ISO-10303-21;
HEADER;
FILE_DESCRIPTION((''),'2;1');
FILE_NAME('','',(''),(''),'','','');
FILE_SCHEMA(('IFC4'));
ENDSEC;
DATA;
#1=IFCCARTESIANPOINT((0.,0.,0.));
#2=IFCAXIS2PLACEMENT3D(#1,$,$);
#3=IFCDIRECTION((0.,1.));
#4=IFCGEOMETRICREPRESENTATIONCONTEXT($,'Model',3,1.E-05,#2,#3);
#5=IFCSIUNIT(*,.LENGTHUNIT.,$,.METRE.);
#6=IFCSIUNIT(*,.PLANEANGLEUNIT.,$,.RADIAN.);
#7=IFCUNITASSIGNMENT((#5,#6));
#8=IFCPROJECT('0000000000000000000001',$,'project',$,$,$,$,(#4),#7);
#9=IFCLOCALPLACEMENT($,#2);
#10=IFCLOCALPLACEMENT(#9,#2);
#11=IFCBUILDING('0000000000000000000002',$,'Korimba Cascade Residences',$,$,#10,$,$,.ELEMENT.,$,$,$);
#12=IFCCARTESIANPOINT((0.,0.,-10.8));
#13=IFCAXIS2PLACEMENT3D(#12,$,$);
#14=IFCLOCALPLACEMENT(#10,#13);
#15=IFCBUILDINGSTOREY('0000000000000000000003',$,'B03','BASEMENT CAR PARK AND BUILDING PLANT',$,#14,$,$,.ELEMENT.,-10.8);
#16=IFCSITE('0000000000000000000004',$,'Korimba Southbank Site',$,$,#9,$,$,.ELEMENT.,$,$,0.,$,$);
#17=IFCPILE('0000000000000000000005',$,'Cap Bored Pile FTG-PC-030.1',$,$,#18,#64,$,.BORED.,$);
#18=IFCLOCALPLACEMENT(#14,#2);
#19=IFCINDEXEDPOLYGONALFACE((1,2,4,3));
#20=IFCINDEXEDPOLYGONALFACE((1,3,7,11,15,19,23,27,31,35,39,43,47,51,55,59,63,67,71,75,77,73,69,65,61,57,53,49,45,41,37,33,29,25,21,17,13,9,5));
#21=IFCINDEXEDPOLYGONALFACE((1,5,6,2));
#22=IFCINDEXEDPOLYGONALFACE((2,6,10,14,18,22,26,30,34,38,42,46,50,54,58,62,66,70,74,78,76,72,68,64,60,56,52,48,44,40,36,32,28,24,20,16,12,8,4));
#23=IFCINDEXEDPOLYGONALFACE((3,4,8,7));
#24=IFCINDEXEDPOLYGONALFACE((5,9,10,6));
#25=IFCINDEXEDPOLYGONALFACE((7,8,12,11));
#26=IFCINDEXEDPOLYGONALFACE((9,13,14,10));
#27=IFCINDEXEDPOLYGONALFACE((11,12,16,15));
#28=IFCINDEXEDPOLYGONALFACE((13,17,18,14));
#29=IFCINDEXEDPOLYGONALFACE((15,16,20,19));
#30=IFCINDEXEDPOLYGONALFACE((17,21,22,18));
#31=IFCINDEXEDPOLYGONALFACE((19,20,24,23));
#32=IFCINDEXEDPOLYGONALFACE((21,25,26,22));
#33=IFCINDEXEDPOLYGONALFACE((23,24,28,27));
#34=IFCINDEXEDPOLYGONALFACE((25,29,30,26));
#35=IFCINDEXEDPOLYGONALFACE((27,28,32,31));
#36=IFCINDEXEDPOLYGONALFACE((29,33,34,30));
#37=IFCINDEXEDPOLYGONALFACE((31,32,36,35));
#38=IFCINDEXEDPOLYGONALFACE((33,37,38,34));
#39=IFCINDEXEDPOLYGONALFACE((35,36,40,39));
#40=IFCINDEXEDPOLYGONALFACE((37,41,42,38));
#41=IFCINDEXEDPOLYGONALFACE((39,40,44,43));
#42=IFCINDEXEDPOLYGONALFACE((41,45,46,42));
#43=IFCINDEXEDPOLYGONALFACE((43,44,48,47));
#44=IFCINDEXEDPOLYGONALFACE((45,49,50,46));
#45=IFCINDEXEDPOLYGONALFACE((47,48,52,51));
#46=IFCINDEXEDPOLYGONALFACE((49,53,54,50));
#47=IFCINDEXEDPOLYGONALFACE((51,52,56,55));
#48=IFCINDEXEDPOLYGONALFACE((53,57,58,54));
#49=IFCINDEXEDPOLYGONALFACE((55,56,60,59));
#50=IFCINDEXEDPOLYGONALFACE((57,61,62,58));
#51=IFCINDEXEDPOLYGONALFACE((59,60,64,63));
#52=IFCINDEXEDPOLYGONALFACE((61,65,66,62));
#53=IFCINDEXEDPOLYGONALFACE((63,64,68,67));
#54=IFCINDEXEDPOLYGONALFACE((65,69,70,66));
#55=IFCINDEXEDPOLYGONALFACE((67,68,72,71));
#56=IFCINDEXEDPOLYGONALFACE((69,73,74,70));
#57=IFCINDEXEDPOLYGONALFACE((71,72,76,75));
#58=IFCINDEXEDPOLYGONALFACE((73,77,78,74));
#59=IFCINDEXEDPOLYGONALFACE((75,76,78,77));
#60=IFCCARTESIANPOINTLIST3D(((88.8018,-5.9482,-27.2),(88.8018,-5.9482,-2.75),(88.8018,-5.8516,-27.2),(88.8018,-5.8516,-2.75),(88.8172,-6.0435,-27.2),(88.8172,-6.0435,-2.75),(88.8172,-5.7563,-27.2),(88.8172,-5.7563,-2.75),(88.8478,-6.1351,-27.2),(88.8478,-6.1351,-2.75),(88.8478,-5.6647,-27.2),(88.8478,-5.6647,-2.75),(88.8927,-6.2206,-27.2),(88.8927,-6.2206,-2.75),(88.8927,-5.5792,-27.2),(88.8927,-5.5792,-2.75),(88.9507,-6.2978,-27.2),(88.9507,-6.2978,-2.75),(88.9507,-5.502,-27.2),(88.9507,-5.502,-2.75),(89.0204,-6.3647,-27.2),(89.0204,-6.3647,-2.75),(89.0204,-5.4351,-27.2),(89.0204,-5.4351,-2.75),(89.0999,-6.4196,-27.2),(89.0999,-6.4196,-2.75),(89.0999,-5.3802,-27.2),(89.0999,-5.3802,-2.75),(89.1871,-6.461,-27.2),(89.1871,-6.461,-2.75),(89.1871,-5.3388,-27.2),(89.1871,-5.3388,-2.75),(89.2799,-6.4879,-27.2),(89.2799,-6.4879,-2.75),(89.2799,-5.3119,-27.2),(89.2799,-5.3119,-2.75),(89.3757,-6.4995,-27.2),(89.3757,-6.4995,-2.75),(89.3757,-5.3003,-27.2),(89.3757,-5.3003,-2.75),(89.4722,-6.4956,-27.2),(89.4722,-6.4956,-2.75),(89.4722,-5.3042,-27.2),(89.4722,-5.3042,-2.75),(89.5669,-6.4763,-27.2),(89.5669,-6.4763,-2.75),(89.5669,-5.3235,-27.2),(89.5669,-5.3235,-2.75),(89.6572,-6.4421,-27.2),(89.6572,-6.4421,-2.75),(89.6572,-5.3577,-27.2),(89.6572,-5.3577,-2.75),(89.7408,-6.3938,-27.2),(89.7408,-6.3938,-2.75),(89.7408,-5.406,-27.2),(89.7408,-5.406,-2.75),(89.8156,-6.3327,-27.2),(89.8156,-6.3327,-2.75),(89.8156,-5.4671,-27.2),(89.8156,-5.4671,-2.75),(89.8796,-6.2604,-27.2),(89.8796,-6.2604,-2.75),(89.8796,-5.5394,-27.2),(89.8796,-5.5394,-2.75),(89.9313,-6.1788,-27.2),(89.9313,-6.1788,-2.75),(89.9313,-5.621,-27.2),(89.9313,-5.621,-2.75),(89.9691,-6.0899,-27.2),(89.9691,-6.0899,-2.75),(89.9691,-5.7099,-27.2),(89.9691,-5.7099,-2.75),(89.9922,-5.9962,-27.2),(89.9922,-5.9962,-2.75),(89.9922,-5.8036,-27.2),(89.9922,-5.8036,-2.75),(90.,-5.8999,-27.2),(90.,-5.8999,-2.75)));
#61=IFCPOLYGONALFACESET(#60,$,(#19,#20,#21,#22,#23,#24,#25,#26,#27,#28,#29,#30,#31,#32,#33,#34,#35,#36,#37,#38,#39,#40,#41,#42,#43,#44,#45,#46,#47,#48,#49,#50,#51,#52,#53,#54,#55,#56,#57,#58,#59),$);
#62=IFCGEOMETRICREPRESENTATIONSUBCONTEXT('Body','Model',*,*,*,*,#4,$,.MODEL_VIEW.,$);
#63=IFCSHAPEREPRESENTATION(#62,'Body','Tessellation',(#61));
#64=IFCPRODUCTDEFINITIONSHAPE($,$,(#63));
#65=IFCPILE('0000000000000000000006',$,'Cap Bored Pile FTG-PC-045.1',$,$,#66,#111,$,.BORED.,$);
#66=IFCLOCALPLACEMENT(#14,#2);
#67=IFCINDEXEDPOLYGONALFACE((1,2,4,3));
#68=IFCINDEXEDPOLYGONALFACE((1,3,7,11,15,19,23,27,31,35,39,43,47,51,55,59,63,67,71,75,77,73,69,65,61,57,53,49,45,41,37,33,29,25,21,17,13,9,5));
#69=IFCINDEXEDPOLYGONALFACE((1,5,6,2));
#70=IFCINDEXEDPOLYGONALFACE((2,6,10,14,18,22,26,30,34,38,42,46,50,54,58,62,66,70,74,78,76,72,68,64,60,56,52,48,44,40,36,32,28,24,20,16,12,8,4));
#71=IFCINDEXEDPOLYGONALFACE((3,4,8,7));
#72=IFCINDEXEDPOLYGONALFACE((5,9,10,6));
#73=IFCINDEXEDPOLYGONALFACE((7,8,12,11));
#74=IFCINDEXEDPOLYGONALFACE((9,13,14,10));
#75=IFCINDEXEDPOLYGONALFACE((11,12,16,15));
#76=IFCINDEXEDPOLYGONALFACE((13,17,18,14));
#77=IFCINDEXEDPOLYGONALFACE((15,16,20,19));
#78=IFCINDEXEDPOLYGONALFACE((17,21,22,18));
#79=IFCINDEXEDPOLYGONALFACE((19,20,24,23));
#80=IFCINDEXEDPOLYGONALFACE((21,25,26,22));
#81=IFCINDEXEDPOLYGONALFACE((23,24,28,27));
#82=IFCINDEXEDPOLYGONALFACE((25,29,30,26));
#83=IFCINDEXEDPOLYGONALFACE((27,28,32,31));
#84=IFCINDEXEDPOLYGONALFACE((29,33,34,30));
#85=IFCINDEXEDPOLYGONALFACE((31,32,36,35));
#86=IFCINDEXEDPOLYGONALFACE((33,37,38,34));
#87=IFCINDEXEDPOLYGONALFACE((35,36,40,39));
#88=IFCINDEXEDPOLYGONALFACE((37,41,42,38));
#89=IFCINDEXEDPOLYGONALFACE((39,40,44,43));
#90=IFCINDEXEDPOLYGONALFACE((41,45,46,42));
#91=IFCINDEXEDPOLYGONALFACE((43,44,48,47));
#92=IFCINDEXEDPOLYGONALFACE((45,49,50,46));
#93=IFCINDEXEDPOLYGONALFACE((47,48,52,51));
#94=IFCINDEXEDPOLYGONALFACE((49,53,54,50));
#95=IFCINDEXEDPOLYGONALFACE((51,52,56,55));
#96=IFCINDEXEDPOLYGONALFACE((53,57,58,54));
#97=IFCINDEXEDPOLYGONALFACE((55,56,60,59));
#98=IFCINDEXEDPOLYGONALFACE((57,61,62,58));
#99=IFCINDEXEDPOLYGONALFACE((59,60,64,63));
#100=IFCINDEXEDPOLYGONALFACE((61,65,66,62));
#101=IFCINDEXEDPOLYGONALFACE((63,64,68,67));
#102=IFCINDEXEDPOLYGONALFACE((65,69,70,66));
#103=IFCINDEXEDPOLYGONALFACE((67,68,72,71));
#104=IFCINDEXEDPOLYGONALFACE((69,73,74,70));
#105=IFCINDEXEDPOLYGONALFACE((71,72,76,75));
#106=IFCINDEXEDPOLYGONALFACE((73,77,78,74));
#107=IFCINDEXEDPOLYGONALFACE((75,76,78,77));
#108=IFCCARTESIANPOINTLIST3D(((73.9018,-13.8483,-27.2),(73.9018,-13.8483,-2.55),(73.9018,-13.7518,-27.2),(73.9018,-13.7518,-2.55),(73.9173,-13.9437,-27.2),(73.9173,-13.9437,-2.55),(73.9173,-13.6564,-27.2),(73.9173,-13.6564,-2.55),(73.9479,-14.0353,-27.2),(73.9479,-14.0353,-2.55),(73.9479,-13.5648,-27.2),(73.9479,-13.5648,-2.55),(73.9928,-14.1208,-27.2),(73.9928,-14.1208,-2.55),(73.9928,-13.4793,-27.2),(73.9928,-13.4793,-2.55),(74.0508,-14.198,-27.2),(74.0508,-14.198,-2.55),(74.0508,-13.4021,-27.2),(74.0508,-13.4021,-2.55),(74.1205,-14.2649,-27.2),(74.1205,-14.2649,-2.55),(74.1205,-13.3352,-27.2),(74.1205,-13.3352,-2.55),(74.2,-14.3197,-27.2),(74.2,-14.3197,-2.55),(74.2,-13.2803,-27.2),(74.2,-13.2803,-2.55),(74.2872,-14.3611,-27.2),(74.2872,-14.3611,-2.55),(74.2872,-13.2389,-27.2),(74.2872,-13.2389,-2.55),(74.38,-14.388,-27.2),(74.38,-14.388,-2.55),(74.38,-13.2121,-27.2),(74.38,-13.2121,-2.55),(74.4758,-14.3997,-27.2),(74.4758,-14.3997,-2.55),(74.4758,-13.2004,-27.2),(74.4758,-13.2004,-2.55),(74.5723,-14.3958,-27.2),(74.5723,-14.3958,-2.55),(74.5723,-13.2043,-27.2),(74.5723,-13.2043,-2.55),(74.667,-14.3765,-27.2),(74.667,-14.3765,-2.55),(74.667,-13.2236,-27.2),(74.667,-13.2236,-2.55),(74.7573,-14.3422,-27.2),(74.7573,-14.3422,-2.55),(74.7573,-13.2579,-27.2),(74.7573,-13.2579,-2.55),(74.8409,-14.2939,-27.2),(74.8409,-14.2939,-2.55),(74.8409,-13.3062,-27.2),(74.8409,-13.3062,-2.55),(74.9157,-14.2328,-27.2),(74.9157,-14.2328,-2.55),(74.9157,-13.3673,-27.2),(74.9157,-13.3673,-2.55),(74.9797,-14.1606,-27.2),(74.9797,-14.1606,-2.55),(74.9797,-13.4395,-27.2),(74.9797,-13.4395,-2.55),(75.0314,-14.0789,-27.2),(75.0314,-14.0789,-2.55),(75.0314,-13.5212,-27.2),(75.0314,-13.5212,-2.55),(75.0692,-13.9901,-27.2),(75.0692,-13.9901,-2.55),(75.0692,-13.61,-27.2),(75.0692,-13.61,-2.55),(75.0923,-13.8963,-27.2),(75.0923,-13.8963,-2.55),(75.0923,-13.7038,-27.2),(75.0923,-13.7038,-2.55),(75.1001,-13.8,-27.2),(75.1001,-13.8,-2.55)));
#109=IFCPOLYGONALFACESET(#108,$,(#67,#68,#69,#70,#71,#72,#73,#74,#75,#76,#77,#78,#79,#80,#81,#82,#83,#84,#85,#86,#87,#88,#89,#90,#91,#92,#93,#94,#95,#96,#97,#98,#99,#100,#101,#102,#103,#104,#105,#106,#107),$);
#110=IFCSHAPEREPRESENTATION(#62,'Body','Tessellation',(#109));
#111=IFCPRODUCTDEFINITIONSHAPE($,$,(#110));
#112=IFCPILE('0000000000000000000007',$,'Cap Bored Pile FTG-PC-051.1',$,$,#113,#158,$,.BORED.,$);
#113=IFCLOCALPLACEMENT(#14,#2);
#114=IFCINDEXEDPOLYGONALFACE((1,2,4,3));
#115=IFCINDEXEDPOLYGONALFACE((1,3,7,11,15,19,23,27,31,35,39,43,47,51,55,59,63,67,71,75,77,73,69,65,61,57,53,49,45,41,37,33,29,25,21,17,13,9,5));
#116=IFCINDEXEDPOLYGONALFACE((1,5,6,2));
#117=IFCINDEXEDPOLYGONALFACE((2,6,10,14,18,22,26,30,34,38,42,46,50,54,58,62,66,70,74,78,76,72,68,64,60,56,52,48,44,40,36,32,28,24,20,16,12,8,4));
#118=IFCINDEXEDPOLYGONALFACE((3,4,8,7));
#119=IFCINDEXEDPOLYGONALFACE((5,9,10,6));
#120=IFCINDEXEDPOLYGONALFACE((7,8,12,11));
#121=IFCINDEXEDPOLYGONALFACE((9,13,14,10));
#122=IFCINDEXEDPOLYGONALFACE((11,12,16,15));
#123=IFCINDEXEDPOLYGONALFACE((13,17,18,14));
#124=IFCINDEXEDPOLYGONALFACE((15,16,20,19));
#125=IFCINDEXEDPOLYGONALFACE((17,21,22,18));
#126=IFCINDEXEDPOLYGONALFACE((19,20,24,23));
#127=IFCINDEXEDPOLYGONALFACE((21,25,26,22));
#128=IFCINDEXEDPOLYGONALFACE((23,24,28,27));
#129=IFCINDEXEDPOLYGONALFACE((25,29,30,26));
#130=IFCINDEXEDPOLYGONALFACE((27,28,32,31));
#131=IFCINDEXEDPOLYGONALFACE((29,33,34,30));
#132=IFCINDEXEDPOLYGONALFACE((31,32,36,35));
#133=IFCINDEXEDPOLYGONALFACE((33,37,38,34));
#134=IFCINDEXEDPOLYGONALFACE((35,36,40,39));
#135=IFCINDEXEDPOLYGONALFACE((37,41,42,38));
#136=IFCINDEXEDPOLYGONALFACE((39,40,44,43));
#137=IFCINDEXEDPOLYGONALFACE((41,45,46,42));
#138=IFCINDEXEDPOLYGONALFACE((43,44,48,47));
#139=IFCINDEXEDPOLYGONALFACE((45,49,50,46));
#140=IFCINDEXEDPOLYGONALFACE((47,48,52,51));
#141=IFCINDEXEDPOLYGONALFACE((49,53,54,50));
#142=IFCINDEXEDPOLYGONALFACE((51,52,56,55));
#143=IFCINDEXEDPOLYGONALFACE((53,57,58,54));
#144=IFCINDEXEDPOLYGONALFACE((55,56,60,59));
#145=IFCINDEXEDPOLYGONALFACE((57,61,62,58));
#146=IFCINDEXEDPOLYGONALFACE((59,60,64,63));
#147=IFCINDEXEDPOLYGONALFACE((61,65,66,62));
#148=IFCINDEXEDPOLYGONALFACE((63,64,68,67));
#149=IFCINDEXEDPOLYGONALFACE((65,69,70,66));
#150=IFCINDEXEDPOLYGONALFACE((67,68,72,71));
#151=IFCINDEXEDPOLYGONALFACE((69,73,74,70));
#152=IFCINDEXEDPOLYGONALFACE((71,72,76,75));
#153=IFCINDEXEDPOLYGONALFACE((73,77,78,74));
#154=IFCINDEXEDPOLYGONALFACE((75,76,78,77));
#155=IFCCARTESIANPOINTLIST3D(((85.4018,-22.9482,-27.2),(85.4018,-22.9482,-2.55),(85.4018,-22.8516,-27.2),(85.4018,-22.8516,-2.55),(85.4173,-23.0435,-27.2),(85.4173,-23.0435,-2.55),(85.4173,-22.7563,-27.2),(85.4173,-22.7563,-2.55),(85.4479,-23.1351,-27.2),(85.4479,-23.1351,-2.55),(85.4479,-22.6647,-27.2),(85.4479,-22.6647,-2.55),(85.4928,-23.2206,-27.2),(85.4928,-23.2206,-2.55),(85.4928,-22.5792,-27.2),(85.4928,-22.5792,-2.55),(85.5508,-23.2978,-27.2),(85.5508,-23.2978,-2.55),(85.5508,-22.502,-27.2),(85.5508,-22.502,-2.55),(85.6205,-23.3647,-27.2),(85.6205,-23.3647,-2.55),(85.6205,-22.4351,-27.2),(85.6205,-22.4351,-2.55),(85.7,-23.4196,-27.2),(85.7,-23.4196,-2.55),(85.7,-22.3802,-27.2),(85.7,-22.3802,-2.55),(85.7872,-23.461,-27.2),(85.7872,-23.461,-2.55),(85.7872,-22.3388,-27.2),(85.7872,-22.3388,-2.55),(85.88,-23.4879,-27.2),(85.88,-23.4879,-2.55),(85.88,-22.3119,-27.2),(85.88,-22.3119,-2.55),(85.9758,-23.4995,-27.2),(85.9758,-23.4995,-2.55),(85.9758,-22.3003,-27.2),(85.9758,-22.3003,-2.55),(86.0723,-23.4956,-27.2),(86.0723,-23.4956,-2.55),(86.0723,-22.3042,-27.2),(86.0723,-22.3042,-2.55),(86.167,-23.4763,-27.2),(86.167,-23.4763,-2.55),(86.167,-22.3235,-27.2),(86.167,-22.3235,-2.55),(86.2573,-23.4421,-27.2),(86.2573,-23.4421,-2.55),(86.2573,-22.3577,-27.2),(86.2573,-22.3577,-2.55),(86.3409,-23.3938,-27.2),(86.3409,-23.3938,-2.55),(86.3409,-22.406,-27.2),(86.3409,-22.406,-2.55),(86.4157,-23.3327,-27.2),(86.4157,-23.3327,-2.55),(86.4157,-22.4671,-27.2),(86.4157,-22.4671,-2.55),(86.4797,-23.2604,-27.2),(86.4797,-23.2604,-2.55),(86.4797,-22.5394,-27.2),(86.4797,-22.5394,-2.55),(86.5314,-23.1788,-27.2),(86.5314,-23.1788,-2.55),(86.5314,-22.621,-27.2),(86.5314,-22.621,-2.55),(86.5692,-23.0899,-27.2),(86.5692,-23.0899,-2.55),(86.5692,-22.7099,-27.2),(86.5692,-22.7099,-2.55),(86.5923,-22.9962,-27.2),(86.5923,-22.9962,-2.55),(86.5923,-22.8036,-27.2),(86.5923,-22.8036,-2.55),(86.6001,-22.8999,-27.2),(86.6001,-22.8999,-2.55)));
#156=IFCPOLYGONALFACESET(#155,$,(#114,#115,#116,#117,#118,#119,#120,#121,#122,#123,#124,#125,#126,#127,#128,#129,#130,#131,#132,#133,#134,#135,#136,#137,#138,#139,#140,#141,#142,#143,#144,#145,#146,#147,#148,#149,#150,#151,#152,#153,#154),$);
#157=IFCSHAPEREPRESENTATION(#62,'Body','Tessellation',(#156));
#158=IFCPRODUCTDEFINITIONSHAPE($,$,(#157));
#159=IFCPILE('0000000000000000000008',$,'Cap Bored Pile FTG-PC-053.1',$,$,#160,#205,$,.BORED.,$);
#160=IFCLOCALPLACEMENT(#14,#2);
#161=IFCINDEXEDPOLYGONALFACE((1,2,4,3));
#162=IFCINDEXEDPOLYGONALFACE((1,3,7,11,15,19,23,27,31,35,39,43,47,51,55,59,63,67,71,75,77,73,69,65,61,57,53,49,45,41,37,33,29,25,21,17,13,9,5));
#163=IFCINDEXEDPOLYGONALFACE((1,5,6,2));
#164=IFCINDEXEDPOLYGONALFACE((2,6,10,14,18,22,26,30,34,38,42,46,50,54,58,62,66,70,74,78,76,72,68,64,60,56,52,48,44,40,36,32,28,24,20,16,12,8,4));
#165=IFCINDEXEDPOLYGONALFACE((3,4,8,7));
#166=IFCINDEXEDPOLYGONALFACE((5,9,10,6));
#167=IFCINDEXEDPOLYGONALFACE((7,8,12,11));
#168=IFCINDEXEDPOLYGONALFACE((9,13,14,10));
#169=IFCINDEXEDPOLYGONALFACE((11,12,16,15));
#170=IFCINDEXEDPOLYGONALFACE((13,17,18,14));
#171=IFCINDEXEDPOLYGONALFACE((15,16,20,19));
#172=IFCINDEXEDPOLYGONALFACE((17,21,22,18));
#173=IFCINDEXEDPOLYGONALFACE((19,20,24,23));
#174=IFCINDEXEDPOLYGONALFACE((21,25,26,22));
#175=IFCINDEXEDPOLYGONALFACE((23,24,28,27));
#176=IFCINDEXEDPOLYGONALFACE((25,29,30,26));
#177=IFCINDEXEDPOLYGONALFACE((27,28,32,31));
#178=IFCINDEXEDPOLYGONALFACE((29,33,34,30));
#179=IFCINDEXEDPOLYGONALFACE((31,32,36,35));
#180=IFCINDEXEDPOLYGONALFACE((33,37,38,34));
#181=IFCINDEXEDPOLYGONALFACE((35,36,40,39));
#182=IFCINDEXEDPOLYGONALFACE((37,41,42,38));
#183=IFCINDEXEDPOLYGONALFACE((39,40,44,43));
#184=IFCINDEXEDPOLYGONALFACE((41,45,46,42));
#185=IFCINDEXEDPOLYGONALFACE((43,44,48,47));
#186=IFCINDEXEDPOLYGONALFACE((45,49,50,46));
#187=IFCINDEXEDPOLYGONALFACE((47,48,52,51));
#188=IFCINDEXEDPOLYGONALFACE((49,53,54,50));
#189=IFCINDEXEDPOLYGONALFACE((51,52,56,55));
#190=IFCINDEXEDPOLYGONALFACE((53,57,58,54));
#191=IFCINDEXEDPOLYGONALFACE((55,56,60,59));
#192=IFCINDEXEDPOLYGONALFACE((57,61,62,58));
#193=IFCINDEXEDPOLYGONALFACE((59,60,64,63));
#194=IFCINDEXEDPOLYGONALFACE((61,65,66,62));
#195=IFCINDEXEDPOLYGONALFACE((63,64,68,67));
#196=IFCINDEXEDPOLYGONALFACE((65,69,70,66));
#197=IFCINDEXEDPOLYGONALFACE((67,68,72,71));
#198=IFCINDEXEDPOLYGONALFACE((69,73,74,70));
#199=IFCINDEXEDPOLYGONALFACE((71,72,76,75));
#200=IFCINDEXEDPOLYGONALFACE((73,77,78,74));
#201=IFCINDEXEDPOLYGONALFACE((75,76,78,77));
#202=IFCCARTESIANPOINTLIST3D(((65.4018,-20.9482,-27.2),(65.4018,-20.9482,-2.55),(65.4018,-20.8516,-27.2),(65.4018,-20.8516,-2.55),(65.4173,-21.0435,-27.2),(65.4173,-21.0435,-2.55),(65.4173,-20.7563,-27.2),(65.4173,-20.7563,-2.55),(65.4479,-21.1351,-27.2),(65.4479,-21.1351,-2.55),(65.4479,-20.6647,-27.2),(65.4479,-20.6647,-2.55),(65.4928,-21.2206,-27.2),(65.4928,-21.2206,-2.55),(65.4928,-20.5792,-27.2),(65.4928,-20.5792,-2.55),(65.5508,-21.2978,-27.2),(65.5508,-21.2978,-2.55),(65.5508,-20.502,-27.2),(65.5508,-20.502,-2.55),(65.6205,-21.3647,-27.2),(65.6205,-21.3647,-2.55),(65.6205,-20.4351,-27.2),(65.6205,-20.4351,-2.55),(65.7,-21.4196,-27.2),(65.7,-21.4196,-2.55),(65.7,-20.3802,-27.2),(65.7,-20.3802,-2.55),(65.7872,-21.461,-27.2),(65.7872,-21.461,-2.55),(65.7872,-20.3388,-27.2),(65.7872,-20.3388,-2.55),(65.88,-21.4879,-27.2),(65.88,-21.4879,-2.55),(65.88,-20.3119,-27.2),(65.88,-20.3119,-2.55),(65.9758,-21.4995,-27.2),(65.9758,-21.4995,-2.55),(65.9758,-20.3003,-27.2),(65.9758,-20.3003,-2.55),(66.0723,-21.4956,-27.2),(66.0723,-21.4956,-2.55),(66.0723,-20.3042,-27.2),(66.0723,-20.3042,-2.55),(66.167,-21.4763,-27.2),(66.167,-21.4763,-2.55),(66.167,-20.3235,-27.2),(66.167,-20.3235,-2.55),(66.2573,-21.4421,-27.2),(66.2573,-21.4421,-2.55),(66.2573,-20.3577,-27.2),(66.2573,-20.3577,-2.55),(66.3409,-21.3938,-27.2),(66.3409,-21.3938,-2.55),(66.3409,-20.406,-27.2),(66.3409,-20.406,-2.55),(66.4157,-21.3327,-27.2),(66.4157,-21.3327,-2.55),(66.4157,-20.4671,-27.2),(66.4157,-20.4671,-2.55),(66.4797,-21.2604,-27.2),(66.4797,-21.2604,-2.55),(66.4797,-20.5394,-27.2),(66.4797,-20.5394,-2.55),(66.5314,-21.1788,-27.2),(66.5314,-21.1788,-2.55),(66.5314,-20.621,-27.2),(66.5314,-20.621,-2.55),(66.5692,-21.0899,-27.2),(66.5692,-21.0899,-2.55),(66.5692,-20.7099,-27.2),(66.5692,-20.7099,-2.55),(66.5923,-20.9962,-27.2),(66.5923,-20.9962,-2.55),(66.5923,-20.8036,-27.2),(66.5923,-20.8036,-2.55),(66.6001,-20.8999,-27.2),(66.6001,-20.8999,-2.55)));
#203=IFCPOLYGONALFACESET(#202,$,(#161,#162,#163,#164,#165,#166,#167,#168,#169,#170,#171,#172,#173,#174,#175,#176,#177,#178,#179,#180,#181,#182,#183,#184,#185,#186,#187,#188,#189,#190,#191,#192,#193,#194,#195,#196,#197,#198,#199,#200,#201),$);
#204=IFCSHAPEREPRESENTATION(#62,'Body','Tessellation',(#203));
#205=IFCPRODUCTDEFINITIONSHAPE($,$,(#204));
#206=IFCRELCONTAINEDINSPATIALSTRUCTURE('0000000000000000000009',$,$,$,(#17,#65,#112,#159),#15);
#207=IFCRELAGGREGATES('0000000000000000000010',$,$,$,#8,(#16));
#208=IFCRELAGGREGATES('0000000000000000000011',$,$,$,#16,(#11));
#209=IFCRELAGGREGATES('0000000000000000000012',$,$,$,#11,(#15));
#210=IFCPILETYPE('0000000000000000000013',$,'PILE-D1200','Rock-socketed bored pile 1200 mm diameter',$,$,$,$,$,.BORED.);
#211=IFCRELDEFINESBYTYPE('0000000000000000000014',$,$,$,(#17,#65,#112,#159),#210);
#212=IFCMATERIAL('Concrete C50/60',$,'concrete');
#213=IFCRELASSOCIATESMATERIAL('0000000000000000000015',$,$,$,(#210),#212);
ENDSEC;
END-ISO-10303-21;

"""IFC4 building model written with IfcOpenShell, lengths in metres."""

from ifc_helpers import new_model, si_unit, direction, frame, origin, origin_2d, place, context, subcontext, project, spatial, circle, extrude, material, material_profile, profile_set, type_object, element, save


model = new_model("IFC4")

# Units and contexts
model_context = context("Model", 3, precision=1e-05, world=origin(), true_north=direction((0.0, 1.0)))
body_context = subcontext(model_context, "Body", "Model", "MODEL_VIEW")
ifc_project = project(units=[si_unit("LENGTHUNIT", "METRE"), si_unit("PLANEANGLEUNIT", "RADIAN")], contexts=[model_context])

# Site, building, storey
site_placement = place(None, origin())
site = spatial("IfcSite", under=ifc_project, at=site_placement, Name="Korimba Southbank Site", CompositionType="ELEMENT", RefElevation=0.0)
building_placement = place(site_placement, origin())
building = spatial("IfcBuilding", under=site, at=building_placement, Name="Korimba Cascade Residences", CompositionType="ELEMENT")
storey_placement = place(building_placement, frame((0.0, 0.0, -10.8)))
storey = spatial("IfcBuildingStorey", under=building, at=storey_placement, Name="B03", Description="BASEMENT CAR PARK AND BUILDING PLANT", CompositionType="ELEMENT", Elevation=-10.8)

# Piles
ifc_material_1 = material(Name="Concrete C50/60", Category="concrete")
ifc_material_profile_1 = material_profile(ifc_material_1, circle(Radius=0.6001, at=origin_2d()), Name="Concrete C50/60")
ifc_profile_set_1 = profile_set([ifc_material_profile_1], Name="Concrete C50/60")
pile_type = type_object("IfcPileType", Name="PILE-D1200", Description="Rock-socketed bored pile 1200 mm diameter", PredefinedType="BORED", material=ifc_profile_set_1)
for number, where, z_axis, x_axis, name in (
    (1, (89.3999, -5.8999, -2.75), (0.0, 0.0, -1.0), (1.0, 0.0, 0.0), "Cap Bored Pile FTG-PC-030.1"),
):
    element("IfcPile", number, at=place(storey_placement, frame(where, z_axis=z_axis, x_axis=x_axis)), inside=storey, type_object=pile_type, Name=name, PredefinedType="BORED", context=body_context, shape_type="SweptSolid", body=[
        extrude(circle(Radius=0.6001, at=origin_2d()), origin(), (0.0, 0.0, 1.0), 24.45),
    ])
for number, where, z_axis, x_axis, name in (
    (2, (74.5, -13.8, -2.55), (0.0, 0.0, -1.0), (1.0, 0.0, 0.0), "Cap Bored Pile FTG-PC-045.1"),
    (3, (86.0, -22.8999, -2.55), (0.0, 0.0, -1.0), (1.0, 0.0, 0.0), "Cap Bored Pile FTG-PC-051.1"),
    (4, (66.0, -20.8999, -2.55), (0.0, 0.0, -1.0), (1.0, 0.0, 0.0), "Cap Bored Pile FTG-PC-053.1"),
):
    element("IfcPile", number, at=place(storey_placement, frame(where, z_axis=z_axis, x_axis=x_axis)), inside=storey, type_object=pile_type, Name=name, PredefinedType="BORED", context=body_context, shape_type="SweptSolid", body=[
        extrude(circle(Radius=0.6001, at=origin_2d()), origin(), (0.0, 0.0, 1.0), 24.6499),
    ])

save(model, "model.ifc")
